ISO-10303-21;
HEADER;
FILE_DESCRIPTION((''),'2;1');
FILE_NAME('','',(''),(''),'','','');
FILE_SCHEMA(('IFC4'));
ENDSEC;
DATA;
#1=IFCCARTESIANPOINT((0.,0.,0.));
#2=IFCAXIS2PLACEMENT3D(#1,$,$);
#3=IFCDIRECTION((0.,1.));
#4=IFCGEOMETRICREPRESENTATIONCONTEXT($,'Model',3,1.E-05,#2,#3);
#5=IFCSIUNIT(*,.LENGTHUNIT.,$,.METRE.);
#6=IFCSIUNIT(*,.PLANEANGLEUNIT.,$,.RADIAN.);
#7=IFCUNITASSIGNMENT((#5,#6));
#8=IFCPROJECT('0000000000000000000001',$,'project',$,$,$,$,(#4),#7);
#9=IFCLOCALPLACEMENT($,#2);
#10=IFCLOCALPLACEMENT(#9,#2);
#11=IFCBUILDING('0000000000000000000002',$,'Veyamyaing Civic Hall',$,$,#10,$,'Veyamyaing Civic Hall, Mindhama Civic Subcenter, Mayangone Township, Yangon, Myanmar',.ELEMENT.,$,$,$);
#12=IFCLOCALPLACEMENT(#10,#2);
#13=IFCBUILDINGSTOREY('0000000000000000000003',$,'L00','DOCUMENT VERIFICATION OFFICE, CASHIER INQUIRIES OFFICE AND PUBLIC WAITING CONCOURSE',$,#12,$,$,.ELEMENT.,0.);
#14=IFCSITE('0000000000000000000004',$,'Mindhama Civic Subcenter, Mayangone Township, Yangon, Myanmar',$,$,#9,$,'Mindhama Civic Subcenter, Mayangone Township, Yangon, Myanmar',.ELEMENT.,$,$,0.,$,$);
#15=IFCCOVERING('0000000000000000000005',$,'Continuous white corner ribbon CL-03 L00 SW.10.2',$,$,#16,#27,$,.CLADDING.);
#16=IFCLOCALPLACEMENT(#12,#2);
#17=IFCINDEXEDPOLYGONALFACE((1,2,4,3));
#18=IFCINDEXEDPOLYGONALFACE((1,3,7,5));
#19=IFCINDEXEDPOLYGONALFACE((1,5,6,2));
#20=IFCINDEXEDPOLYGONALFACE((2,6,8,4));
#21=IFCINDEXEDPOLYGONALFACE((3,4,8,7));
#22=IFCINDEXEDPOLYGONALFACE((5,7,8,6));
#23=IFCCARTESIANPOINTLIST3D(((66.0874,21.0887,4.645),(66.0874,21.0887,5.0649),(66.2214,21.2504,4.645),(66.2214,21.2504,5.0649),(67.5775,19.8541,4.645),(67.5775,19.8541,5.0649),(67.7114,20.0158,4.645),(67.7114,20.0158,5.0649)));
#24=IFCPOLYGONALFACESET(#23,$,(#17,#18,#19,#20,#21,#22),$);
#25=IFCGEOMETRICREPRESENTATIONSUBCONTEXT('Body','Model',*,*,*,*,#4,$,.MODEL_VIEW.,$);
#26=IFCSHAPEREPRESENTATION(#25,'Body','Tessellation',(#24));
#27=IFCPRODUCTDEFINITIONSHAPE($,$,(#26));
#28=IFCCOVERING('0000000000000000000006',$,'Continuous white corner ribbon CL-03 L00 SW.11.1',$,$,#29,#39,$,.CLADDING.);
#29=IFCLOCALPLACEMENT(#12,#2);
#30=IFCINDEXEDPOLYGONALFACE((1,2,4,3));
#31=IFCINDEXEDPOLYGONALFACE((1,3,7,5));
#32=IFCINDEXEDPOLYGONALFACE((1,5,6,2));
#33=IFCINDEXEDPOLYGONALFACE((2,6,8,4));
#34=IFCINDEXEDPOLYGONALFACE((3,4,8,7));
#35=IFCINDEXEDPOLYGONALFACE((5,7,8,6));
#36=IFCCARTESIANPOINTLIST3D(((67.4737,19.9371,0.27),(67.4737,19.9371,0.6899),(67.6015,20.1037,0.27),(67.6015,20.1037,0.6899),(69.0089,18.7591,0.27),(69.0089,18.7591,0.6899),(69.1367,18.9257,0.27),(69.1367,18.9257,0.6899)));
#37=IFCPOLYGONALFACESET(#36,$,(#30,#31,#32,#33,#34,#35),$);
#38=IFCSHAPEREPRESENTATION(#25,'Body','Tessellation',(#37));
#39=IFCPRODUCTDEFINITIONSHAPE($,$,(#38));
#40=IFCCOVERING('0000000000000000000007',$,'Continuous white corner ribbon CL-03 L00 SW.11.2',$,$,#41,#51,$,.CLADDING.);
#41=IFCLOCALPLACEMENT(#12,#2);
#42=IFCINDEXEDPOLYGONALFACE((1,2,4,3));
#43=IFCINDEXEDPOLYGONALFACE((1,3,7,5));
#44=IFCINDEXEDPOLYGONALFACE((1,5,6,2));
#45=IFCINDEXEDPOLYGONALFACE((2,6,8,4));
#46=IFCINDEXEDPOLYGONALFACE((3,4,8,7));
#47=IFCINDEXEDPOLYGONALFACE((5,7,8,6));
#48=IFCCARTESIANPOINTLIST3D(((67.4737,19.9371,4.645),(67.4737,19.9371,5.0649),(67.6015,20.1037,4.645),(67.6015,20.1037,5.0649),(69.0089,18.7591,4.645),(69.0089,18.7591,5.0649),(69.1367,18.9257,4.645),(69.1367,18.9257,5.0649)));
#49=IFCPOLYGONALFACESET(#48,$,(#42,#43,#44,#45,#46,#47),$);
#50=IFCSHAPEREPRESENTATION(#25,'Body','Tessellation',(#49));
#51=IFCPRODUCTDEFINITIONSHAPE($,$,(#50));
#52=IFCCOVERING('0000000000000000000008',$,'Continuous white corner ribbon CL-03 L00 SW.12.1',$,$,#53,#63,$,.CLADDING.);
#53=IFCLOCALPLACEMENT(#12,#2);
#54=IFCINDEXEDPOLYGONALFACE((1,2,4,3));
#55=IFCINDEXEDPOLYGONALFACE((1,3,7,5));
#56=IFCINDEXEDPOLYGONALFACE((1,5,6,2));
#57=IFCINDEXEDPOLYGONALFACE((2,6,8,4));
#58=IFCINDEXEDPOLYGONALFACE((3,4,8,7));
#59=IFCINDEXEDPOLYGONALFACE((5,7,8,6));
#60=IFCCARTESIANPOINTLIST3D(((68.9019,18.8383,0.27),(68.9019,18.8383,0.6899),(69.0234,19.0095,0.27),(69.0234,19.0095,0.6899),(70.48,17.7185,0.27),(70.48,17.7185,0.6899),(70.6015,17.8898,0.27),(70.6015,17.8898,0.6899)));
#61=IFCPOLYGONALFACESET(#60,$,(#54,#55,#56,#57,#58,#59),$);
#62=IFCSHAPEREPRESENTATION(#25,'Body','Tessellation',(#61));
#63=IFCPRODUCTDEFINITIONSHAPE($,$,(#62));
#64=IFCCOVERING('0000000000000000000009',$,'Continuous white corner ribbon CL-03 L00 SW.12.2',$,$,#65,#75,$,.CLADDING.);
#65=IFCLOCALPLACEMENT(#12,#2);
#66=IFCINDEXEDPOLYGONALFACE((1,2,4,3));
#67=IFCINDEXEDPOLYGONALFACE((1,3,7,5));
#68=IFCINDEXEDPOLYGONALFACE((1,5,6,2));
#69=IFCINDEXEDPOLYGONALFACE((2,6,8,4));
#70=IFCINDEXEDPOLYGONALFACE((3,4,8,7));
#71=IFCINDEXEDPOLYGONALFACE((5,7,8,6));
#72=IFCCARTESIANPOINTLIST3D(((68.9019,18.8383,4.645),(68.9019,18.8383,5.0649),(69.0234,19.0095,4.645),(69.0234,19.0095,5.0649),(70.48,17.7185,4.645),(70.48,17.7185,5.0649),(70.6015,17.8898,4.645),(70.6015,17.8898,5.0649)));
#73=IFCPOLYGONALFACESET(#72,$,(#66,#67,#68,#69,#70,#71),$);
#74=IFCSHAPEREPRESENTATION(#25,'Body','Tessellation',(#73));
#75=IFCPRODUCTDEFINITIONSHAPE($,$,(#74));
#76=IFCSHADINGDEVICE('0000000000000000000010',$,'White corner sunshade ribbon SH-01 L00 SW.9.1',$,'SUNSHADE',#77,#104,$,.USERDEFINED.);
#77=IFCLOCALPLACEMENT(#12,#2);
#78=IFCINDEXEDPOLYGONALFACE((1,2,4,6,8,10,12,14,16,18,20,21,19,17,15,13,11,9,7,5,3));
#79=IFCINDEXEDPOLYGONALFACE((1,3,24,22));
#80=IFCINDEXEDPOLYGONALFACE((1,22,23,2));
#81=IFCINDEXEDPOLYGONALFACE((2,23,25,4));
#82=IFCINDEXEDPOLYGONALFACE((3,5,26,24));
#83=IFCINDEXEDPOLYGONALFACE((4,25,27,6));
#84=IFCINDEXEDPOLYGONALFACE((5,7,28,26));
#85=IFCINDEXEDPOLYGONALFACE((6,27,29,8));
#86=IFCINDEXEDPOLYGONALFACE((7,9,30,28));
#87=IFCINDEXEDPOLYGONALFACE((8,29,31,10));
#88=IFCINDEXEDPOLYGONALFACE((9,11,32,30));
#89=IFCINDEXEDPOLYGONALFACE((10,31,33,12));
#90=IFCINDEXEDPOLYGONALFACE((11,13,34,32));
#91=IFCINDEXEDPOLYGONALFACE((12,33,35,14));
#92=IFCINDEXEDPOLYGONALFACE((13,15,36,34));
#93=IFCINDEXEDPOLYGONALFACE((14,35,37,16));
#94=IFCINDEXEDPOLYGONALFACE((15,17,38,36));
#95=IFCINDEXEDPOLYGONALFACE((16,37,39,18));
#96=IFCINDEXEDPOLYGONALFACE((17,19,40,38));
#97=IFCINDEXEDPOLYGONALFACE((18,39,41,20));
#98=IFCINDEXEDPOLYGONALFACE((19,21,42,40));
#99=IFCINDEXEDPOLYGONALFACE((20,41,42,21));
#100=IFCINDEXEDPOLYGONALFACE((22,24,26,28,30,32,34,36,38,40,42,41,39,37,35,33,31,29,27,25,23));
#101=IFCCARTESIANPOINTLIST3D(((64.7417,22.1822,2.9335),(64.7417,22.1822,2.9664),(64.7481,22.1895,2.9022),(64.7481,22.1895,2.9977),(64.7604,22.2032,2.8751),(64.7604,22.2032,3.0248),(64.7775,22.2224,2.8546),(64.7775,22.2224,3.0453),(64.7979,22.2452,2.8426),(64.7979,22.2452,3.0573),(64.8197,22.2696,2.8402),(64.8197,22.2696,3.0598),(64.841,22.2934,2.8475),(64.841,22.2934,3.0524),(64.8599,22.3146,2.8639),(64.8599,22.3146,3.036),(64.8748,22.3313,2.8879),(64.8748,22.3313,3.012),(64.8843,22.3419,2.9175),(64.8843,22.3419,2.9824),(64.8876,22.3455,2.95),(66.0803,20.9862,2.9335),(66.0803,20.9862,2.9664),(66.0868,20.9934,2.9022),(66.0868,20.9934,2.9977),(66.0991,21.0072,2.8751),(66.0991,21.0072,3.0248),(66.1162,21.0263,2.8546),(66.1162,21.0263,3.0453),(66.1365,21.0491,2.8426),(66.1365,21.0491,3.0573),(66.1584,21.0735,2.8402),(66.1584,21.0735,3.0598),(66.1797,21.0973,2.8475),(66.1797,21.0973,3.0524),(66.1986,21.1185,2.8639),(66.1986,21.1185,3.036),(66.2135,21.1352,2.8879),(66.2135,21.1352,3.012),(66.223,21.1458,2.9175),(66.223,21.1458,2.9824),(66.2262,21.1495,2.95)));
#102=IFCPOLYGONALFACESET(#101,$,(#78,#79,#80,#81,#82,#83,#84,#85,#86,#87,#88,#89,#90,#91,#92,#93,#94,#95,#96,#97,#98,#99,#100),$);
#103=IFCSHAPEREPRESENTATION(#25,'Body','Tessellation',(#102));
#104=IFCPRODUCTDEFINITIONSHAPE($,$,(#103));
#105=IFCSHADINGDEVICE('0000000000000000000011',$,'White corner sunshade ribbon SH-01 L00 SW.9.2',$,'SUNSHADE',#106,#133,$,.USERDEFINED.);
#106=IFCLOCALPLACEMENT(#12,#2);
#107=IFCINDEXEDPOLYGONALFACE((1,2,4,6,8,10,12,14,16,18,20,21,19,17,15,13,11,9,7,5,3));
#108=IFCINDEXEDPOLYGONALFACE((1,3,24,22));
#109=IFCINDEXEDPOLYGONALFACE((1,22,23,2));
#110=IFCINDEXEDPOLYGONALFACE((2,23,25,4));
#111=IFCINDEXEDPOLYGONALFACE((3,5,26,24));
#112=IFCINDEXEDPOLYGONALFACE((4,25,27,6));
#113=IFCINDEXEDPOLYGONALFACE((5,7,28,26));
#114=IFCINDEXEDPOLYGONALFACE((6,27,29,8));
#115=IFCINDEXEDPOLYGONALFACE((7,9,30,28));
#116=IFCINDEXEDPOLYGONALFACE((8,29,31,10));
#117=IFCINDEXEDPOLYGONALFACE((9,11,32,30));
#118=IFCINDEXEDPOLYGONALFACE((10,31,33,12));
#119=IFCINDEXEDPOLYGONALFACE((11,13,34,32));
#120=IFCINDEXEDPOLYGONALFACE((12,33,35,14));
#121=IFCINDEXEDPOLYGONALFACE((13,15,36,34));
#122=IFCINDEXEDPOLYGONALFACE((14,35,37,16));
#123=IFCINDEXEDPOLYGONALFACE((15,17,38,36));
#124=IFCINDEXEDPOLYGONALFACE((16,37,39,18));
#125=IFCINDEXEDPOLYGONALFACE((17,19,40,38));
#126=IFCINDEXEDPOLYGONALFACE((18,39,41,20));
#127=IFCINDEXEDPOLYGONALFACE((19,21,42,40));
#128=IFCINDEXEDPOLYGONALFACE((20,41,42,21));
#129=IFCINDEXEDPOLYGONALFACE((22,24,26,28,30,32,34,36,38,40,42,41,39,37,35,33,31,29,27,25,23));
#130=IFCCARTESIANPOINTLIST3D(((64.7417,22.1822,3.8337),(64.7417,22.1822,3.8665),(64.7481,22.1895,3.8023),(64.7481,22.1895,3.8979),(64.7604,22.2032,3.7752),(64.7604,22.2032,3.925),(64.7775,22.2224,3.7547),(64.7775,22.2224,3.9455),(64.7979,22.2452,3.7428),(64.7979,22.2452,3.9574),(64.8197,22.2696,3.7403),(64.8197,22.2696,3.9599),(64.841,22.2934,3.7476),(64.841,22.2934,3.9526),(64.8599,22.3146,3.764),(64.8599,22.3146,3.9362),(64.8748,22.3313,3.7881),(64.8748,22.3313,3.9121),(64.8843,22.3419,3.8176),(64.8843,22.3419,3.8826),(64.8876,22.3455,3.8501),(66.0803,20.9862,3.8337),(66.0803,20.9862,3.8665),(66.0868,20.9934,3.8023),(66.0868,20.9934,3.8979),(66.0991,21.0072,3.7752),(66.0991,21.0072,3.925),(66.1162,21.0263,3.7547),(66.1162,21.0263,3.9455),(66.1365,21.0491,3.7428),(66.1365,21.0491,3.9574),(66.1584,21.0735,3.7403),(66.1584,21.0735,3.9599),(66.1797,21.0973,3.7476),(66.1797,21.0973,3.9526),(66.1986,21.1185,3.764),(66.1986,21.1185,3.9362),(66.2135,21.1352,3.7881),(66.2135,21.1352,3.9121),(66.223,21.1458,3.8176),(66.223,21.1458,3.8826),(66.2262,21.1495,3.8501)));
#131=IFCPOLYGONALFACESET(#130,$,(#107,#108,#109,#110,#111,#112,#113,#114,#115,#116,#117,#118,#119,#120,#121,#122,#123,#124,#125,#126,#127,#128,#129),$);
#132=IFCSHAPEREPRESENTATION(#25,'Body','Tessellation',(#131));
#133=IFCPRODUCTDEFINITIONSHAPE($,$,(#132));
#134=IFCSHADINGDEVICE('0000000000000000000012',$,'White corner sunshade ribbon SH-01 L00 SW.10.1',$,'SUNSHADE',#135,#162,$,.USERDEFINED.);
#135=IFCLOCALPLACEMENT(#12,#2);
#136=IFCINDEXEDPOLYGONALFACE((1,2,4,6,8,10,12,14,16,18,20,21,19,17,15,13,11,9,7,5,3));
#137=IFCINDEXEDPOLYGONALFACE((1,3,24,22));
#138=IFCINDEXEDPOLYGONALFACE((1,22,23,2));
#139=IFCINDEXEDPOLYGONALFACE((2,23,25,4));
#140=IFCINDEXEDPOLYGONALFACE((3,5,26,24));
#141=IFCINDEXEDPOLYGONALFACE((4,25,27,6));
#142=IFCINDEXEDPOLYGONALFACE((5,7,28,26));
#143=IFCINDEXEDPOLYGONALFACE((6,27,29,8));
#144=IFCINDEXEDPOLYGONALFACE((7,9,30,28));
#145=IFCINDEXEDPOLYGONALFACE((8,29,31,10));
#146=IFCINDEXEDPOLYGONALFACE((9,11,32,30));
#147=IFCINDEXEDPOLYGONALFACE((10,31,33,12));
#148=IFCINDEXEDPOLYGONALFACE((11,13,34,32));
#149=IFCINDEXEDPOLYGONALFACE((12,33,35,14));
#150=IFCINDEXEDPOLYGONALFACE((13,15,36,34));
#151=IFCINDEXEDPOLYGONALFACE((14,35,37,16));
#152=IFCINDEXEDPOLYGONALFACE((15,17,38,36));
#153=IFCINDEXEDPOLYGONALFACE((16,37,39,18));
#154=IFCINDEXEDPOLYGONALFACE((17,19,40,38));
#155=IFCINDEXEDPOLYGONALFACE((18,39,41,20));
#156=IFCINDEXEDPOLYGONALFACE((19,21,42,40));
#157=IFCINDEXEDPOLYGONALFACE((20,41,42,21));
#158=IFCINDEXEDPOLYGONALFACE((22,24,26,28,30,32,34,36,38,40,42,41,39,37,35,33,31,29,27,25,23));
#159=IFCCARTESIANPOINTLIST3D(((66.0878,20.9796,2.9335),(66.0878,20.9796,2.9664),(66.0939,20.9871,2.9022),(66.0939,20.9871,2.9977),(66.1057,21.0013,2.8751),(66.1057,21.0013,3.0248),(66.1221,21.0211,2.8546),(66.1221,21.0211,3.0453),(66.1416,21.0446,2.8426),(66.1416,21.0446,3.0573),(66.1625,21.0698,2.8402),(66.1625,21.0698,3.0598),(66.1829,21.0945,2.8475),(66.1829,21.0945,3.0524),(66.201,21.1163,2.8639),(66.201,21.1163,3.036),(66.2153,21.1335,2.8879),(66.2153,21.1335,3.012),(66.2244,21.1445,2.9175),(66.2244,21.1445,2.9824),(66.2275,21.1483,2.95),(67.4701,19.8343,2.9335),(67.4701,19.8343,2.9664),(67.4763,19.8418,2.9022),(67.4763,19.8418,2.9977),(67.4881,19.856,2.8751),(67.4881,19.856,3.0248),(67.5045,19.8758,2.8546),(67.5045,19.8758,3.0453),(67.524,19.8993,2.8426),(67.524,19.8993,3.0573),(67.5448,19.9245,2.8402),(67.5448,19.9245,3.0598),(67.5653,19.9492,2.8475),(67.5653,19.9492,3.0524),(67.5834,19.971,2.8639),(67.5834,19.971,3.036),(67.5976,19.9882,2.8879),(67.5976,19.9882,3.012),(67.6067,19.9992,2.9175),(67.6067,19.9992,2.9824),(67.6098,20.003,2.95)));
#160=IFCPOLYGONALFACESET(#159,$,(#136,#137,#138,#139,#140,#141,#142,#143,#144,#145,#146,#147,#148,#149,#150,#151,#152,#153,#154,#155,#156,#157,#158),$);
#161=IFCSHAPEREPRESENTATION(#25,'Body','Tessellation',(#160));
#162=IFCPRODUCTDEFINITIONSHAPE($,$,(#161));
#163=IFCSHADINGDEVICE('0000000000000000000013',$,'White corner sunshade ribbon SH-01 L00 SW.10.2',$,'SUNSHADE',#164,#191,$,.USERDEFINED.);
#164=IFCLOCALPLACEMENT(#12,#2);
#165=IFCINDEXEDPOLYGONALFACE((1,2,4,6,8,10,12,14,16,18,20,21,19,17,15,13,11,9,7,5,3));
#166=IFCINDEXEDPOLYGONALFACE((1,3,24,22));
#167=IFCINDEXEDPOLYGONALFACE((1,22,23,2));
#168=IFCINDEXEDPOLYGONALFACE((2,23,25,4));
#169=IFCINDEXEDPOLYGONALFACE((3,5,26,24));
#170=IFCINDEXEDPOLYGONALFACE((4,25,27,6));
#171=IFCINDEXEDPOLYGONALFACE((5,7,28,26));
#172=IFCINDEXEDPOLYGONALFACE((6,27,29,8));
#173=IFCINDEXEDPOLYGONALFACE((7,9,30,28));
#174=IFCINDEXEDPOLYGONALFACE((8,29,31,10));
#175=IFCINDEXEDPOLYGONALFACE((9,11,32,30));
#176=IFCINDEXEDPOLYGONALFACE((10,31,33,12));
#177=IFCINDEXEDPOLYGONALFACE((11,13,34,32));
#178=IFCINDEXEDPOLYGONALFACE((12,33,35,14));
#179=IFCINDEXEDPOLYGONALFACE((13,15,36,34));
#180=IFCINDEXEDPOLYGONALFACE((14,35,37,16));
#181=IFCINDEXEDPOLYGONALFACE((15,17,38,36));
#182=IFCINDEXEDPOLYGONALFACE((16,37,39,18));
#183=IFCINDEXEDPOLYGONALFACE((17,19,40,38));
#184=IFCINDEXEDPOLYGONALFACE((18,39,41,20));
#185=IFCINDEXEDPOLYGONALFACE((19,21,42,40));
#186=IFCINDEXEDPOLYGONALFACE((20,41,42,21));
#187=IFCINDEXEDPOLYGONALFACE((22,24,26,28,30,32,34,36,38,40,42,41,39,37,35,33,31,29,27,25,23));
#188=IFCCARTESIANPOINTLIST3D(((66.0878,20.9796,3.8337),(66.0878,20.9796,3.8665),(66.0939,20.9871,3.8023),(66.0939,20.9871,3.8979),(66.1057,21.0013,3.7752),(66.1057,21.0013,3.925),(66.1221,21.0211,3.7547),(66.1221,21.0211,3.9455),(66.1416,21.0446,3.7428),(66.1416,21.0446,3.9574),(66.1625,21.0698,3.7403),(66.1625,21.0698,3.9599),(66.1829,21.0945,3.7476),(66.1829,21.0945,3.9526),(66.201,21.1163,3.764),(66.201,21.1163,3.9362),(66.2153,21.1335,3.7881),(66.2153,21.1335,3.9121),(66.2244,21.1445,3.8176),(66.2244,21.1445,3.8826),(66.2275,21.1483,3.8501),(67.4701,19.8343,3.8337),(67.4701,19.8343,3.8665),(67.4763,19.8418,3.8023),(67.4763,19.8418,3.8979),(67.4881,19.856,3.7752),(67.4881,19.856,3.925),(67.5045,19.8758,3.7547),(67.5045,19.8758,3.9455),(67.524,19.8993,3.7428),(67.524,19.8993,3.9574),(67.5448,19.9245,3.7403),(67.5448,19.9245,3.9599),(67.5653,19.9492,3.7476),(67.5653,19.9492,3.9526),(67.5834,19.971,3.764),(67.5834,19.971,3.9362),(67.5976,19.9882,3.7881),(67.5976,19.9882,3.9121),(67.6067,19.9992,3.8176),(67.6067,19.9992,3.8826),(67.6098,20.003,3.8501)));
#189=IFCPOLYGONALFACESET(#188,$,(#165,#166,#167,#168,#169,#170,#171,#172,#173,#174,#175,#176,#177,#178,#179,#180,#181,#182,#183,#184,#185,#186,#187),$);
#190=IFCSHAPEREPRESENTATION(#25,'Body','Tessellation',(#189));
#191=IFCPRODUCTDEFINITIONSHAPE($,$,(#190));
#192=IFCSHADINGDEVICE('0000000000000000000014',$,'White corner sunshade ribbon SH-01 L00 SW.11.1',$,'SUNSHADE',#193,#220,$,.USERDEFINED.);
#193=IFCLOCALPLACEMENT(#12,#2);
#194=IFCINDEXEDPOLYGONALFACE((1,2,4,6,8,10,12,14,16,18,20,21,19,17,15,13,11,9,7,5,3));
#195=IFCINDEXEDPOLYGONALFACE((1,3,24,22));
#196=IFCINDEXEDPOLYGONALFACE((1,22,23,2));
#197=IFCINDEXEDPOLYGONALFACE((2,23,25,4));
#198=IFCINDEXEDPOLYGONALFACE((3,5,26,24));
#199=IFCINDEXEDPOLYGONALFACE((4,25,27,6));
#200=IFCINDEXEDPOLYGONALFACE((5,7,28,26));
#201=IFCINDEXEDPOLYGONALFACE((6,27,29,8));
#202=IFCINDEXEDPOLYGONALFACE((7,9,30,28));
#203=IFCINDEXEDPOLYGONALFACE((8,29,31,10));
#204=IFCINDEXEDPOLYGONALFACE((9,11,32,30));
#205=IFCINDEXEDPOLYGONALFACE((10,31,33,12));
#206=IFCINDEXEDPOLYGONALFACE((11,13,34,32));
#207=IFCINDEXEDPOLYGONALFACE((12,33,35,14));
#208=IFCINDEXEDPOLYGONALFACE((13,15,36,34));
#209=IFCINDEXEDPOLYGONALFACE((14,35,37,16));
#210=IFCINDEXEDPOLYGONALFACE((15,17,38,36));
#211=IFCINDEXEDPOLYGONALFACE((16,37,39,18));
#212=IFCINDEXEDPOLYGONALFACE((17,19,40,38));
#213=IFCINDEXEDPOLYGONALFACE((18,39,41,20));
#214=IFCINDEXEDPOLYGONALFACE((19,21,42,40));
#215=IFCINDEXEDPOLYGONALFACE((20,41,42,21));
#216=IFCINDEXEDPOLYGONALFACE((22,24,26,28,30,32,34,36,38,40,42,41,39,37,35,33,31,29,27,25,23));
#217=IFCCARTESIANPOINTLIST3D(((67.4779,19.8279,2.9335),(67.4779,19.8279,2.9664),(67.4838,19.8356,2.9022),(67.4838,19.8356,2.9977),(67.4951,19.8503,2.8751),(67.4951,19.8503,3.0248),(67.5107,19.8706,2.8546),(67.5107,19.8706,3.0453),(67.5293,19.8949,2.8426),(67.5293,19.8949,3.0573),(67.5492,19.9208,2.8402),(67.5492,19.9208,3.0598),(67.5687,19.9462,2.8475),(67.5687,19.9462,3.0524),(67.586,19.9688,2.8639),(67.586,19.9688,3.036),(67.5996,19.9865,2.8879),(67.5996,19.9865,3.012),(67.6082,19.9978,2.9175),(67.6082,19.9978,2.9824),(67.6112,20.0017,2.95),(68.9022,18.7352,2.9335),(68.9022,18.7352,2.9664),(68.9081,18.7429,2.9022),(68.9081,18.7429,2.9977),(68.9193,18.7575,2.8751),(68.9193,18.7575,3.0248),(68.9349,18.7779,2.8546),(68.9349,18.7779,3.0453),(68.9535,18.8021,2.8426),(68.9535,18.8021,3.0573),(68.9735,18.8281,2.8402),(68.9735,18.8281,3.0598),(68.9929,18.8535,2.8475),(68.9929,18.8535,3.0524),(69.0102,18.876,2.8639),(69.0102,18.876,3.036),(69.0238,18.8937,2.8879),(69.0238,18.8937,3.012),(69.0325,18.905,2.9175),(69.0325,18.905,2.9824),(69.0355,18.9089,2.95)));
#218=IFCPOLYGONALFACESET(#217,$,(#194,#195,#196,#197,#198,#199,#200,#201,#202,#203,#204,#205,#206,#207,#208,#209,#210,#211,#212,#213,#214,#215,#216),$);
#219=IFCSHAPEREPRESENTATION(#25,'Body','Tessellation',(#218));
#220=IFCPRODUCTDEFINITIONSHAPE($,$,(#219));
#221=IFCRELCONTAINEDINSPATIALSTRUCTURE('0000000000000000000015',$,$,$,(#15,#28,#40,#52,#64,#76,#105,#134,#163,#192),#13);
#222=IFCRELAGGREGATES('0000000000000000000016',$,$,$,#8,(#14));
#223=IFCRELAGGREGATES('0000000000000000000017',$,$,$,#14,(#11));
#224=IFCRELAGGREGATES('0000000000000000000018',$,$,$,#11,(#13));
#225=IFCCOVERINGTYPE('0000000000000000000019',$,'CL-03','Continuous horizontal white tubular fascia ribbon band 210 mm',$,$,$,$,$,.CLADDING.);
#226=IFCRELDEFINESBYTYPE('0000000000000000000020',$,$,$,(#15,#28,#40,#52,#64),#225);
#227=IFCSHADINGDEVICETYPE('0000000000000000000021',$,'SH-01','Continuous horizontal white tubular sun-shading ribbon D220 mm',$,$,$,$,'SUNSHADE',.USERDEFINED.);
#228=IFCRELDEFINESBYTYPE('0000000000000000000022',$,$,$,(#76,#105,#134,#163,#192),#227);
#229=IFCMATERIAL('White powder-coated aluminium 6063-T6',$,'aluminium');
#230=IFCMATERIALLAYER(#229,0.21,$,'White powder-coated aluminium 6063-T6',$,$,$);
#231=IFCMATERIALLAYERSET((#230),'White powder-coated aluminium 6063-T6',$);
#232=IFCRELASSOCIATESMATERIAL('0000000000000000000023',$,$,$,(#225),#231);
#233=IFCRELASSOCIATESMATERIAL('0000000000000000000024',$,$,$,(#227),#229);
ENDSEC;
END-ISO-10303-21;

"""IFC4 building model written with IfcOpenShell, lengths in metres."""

from ifc_helpers import new_model, si_unit, direction, frame, origin, origin_2d, place, context, subcontext, project, spatial, rectangle, circle, extrude, material, layer, layer_set, material_profile, profile_set, type_object, element, save


model = new_model("IFC4")

# Units and contexts
model_context = context("Model", 3, precision=1e-05, world=origin(), true_north=direction((0.0, 1.0)))
body_context = subcontext(model_context, "Body", "Model", "MODEL_VIEW")
ifc_project = project(units=[si_unit("LENGTHUNIT", "METRE"), si_unit("PLANEANGLEUNIT", "RADIAN")], contexts=[model_context])

# Site, building, storey
site_placement = place(None, origin())
site = spatial("IfcSite", under=ifc_project, at=site_placement, Name="Mindhama Civic Subcenter, Mayangone Township, Yangon, Myanmar", LongName="Mindhama Civic Subcenter, Mayangone Township, Yangon, Myanmar", CompositionType="ELEMENT", RefElevation=0.0)
building_placement = place(site_placement, origin())
building = spatial("IfcBuilding", under=site, at=building_placement, Name="Veyamyaing Civic Hall", LongName="Veyamyaing Civic Hall, Mindhama Civic Subcenter, Mayangone Township, Yangon, Myanmar", CompositionType="ELEMENT")
storey_placement = place(building_placement, origin())
storey = spatial("IfcBuildingStorey", under=building, at=storey_placement, Name="L00", Description="DOCUMENT VERIFICATION OFFICE, CASHIER INQUIRIES OFFICE AND PUBLIC WAITING CONCOURSE", CompositionType="ELEMENT", Elevation=0.0)

# Coverings
ifc_material_1 = material(Name="White powder-coated aluminium 6063-T6", Category="aluminium")
ifc_layer_1 = layer(ifc_material_1, 0.21, Name="White powder-coated aluminium 6063-T6")
ifc_layer_set_1 = layer_set([ifc_layer_1], Name="White powder-coated aluminium 6063-T6")
covering_type = type_object("IfcCoveringType", Name="CL-03", Description="Continuous horizontal white tubular fascia ribbon band 210 mm", PredefinedType="CLADDING", material=ifc_layer_set_1)
for number, where, z_axis, x_axis, name in (
    (1, (66.8994, 20.5522, 4.645), (0.0, 0.0, 1.0), (0.770036, -0.638, 0.0), "Continuous white corner ribbon CL-03 L00 SW.10.2"),
    (2, (68.3052, 19.4314, 0.27), (0.0, 0.0, 1.0), (0.793353, -0.608761, 0.0), "Continuous white corner ribbon CL-03 L00 SW.11.1"),
    (3, (68.3052, 19.4314, 4.645), (0.0, 0.0, 1.0), (0.793353, -0.608761, 0.0), "Continuous white corner ribbon CL-03 L00 SW.11.2"),
    (4, (69.7517, 18.364, 0.27), (0.0, 0.0, 1.0), (0.815561, -0.578671, 0.0), "Continuous white corner ribbon CL-03 L00 SW.12.1"),
    (5, (69.7517, 18.364, 4.645), (0.0, 0.0, 1.0), (0.815561, -0.578671, 0.0), "Continuous white corner ribbon CL-03 L00 SW.12.2"),
):
    element("IfcCovering", number, at=place(storey_placement, frame(where, z_axis=z_axis, x_axis=x_axis)), inside=storey, type_object=covering_type, Name=name, PredefinedType="CLADDING", context=body_context, shape_type="SweptSolid", body=[
        extrude(rectangle(XDim=1.9351, YDim=0.21, at=origin_2d()), origin(), (0.0, 0.0, 1.0), 0.4199),
    ])

# Shading devices
ifc_material_profile_1 = material_profile(ifc_material_1, circle(Radius=0.1101, at=origin_2d()), Name="SHADE-TUBE-220")
ifc_profile_set_1 = profile_set([ifc_material_profile_1], Name="White powder-coated aluminium 6063-T6")
shading_device_type = type_object("IfcShadingDeviceType", Name="SH-01", Description="Continuous horizontal white tubular sun-shading ribbon D220 mm", ElementType="SUNSHADE", PredefinedType="USERDEFINED", material=ifc_profile_set_1)
for number, where, z_axis, x_axis, name in (
    (6, (64.8142, 22.2634, 2.95), (0.745704, -0.666278, 0.0), (0.666278, 0.745704, 0.0), "White corner sunshade ribbon SH-01 L00 SW.9.1"),
    (7, (64.8142, 22.2634, 3.8501), (0.745704, -0.666278, 0.0), (0.666278, 0.745704, 0.0), "White corner sunshade ribbon SH-01 L00 SW.9.2"),
    (8, (66.1572, 21.0635, 2.95), (0.770046, -0.637988, 0.0), (0.637988, 0.770046, 0.0), "White corner sunshade ribbon SH-01 L00 SW.10.1"),
    (9, (66.1572, 21.0635, 3.8501), (0.770046, -0.637988, 0.0), (0.637988, 0.770046, 0.0), "White corner sunshade ribbon SH-01 L00 SW.10.2"),
    (10, (67.5442, 19.9143, 2.95), (0.793392, -0.608711, 0.0), (0.608711, 0.793392, 0.0), "White corner sunshade ribbon SH-01 L00 SW.11.1"),
):
    element("IfcShadingDevice", number, at=place(storey_placement, frame(where, z_axis=z_axis, x_axis=x_axis)), inside=storey, type_object=shading_device_type, Name=name, ObjectType="SUNSHADE", PredefinedType="USERDEFINED", context=body_context, shape_type="SweptSolid", body=[
        extrude(circle(Radius=0.1101, at=origin_2d()), origin(), (0.0, 0.0, 1.0), 1.7952),
    ])

save(model, "model.ifc")
